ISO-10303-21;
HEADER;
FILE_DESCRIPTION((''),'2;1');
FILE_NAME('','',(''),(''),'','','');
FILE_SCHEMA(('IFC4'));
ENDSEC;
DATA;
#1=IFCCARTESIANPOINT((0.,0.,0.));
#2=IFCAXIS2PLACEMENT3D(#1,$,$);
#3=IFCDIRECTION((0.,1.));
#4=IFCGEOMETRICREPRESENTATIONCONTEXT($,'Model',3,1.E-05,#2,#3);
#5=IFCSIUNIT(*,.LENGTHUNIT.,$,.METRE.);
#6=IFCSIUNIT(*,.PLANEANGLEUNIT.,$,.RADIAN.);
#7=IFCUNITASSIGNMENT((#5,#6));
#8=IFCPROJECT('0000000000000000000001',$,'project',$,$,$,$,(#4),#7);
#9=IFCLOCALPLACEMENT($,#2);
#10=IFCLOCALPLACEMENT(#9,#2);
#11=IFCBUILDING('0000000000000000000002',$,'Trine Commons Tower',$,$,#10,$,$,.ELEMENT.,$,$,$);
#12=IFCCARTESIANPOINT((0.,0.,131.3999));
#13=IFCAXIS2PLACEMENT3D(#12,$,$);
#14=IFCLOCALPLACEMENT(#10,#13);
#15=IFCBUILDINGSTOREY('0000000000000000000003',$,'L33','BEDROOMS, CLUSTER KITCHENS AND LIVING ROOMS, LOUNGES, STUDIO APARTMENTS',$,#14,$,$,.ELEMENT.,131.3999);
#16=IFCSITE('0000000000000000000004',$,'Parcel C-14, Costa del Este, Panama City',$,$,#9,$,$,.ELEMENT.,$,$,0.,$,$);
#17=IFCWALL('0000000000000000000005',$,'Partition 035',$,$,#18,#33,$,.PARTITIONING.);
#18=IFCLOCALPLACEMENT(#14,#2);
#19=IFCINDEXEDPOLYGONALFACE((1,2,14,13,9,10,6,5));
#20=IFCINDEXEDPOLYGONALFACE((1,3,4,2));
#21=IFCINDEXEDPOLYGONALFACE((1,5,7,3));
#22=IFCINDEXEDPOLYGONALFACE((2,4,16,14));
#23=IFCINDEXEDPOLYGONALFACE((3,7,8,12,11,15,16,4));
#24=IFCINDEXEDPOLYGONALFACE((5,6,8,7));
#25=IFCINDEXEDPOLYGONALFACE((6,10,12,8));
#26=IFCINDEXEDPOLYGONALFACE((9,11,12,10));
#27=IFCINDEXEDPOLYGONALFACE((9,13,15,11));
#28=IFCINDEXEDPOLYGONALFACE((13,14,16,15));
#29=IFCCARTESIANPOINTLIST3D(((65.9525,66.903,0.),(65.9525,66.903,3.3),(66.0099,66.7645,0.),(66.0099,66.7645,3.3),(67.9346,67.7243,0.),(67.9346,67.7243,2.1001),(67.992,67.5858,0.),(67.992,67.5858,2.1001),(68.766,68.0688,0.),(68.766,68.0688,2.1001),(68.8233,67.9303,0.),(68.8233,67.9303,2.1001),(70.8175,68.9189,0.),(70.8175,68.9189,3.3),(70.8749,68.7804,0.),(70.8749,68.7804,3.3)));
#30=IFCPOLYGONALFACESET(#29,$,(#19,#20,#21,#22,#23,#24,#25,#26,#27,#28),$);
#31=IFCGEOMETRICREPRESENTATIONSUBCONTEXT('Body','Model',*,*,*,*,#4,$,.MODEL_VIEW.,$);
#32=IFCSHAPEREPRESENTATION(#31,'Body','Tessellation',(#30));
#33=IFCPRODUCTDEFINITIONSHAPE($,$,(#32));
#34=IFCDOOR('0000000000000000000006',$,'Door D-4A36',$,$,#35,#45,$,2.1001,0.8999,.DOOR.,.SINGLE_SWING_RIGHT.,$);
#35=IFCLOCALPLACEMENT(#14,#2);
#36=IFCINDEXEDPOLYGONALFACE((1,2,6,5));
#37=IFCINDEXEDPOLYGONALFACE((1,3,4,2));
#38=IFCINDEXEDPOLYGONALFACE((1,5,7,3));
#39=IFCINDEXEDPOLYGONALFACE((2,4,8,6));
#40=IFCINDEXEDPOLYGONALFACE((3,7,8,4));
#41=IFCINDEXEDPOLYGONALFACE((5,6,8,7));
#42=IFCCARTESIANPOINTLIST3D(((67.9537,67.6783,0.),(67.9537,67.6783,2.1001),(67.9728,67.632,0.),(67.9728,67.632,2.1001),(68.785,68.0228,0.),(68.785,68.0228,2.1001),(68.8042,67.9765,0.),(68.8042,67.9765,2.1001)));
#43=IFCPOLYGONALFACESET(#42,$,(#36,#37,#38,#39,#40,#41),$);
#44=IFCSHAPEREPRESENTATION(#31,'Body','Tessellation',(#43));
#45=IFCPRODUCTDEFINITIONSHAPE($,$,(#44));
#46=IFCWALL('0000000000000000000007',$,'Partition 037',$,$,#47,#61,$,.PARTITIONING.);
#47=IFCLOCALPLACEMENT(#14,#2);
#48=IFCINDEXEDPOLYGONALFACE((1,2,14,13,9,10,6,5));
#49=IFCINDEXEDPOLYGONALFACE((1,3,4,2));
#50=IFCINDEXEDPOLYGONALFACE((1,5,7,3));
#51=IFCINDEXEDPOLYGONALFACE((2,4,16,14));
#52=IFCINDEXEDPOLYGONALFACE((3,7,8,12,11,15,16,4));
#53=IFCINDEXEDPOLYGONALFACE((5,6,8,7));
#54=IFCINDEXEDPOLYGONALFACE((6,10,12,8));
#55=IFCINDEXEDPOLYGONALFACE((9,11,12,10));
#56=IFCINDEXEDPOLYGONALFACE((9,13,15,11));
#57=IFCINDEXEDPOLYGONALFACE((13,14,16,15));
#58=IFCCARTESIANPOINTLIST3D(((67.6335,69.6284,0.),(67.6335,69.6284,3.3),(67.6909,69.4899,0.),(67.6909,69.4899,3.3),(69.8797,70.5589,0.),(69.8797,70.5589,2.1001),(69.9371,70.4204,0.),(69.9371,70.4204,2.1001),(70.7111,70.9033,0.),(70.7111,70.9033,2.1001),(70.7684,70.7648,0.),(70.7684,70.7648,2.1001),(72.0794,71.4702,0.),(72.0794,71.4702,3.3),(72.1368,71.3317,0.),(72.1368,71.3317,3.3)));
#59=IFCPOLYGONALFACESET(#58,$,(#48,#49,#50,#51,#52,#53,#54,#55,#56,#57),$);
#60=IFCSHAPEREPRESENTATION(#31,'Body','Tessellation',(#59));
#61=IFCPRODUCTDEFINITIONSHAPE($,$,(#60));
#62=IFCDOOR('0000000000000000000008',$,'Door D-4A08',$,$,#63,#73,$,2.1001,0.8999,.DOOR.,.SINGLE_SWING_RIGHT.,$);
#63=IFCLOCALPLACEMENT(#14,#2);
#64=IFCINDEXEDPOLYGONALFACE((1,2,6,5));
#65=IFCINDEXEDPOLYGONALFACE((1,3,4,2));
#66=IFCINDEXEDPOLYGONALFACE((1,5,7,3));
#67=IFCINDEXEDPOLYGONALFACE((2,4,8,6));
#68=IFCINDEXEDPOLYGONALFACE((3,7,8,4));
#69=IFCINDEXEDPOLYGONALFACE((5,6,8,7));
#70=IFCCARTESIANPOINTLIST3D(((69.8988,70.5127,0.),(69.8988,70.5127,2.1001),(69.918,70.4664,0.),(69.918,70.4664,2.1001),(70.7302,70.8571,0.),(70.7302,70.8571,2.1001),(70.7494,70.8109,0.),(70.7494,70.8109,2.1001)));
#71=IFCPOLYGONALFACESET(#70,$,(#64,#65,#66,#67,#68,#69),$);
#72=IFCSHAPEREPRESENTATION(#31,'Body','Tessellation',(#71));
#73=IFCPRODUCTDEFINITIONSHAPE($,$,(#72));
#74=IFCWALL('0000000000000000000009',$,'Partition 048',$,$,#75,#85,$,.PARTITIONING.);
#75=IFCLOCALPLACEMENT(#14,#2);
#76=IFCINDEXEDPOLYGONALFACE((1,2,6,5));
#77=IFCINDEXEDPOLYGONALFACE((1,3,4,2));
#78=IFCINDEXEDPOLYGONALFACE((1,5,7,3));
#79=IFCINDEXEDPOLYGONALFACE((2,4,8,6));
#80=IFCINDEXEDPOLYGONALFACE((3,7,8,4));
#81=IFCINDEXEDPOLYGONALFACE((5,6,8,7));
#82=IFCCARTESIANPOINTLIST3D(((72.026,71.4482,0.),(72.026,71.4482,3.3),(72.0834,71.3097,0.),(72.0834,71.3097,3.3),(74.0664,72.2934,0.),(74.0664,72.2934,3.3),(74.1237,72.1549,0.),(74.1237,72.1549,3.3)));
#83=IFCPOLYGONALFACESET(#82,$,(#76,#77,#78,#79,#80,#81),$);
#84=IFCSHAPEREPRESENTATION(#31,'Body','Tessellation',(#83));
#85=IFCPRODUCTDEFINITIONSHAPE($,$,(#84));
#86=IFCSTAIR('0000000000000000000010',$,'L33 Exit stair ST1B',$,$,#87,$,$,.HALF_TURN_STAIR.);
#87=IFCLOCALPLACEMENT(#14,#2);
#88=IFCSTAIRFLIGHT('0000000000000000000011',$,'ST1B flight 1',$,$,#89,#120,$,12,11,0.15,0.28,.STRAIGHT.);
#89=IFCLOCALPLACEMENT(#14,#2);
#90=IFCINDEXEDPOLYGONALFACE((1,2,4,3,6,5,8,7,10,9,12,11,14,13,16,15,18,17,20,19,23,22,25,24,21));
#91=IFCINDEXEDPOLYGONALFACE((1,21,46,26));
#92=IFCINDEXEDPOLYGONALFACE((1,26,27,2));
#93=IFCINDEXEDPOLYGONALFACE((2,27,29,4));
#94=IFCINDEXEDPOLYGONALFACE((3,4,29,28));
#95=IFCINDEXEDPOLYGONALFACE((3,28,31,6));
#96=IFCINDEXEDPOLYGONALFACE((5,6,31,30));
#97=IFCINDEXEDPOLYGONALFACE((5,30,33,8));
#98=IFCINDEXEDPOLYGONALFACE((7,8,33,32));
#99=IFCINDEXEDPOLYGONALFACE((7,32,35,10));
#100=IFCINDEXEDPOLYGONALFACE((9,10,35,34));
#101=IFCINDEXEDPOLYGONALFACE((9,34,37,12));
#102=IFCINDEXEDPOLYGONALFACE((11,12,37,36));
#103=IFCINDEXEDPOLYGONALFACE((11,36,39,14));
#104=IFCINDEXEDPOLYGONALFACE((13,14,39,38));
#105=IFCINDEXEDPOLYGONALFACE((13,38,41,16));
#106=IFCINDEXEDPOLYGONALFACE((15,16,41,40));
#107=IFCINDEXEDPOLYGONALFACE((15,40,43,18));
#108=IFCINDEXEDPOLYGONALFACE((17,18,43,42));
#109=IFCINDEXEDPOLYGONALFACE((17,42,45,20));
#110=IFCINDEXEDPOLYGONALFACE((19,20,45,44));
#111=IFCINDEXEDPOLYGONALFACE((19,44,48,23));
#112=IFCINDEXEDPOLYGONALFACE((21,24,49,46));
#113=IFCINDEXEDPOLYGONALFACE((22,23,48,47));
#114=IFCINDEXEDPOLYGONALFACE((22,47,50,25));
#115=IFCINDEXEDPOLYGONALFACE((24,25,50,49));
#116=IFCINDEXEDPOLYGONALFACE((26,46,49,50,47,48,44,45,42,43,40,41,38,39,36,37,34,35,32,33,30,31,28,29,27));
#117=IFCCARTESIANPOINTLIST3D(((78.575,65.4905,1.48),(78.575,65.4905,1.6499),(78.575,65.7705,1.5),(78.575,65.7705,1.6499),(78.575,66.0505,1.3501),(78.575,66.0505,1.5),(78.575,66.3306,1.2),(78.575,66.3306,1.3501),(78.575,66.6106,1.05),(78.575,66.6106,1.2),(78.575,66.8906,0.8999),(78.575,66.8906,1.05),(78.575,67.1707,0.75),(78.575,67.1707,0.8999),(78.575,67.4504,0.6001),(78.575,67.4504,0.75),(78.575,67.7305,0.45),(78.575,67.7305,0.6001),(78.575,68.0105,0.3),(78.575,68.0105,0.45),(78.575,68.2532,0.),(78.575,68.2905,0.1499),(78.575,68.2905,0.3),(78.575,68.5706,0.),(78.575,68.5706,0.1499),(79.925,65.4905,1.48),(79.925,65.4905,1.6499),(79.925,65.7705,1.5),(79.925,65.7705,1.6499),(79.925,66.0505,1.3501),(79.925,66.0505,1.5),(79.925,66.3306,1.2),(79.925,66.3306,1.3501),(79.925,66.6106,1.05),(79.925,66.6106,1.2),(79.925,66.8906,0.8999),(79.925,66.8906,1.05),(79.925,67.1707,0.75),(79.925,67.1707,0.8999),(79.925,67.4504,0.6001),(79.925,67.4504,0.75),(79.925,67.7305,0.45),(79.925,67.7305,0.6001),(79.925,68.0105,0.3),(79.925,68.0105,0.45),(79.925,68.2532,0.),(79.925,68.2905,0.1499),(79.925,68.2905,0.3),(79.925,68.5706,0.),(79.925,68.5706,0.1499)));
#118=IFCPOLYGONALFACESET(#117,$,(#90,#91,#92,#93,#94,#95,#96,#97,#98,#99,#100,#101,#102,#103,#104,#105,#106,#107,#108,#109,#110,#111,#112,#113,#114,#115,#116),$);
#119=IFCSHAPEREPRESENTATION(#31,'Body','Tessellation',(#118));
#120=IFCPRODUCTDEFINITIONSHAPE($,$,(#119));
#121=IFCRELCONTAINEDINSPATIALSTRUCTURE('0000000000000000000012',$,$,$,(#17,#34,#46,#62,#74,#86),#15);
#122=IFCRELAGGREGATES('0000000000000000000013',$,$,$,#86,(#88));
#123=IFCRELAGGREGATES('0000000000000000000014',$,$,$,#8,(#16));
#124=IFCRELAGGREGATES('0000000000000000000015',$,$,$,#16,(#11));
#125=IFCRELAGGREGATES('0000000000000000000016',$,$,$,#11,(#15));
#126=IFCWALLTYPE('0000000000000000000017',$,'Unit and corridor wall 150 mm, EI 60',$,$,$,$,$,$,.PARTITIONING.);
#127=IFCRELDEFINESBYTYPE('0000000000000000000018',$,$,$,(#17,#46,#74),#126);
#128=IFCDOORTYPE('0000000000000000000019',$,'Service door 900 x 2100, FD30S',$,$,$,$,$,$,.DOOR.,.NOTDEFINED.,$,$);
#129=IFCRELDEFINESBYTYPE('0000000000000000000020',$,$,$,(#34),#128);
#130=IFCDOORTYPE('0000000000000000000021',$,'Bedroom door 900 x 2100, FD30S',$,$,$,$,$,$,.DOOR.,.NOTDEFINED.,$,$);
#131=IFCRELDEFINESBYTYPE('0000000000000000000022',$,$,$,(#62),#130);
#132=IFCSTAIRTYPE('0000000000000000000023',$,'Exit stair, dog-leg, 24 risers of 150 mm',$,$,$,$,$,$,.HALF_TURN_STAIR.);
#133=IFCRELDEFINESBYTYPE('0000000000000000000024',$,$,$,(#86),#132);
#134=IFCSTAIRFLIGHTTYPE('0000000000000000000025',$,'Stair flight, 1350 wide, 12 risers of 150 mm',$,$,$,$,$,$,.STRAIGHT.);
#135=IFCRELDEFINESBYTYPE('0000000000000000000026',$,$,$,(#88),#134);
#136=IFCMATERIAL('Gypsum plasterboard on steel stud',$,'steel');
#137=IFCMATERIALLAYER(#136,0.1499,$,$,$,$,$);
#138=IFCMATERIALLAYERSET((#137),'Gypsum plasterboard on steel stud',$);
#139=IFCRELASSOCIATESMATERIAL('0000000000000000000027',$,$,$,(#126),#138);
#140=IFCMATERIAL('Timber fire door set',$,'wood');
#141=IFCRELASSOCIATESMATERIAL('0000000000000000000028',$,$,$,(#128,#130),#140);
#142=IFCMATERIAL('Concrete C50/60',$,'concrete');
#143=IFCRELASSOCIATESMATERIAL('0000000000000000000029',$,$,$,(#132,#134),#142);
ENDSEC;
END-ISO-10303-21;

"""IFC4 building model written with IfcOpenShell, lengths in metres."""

from ifc_helpers import new_model, si_unit, direction, frame, frame_2d, origin, place, context, subcontext, project, spatial, polyline, rectangle, outline, extrude, material, layer, layer_set, type_object, element, fill, aggregate, save


model = new_model("IFC4")

# Units and contexts
model_context = context("Model", 3, precision=1e-05, world=origin(), true_north=direction((0.0, 1.0)))
body_context = subcontext(model_context, "Body", "Model", "MODEL_VIEW")
ifc_project = project(units=[si_unit("LENGTHUNIT", "METRE"), si_unit("PLANEANGLEUNIT", "RADIAN")], contexts=[model_context])

# Site, building, storey
site_placement = place(None, origin())
site = spatial("IfcSite", under=ifc_project, at=site_placement, Name="Parcel C-14, Costa del Este, Panama City", CompositionType="ELEMENT", RefElevation=0.0)
building_placement = place(site_placement, origin())
building = spatial("IfcBuilding", under=site, at=building_placement, Name="Trine Commons Tower", CompositionType="ELEMENT")
storey_placement = place(building_placement, frame((0.0, 0.0, 131.3999)))
storey = spatial("IfcBuildingStorey", under=building, at=storey_placement, Name="L33", Description="BEDROOMS, CLUSTER KITCHENS AND LIVING ROOMS, LOUNGES, STUDIO APARTMENTS", CompositionType="ELEMENT", Elevation=131.3999)

# Shared definitions
ifc_material_1 = material(Name="Gypsum plasterboard on steel stud", Category="steel")
ifc_layer_1 = layer(ifc_material_1, 0.1499)
ifc_layer_set_1 = layer_set([ifc_layer_1], Name="Gypsum plasterboard on steel stud")
wall_type_1 = type_object("IfcWallType", Name="Unit and corridor wall 150 mm, EI 60", PredefinedType="PARTITIONING", material=ifc_layer_set_1)

# Walls, openings, doors
wall_1_placement = place(storey_placement, frame((65.9812, 66.8337, 0.0), z_axis=(0.0, 0.0, 1.0), x_axis=(0.923831, 0.382801, 0.0)))
wall_1 = element("IfcWall", 1, at=wall_1_placement, inside=storey, type_object=wall_type_1, Name="Partition 035", PredefinedType="PARTITIONING", context=body_context, shape_type="SweptSolid", body=[
    extrude(rectangle(XDim=5.2661, YDim=0.1499, at=frame_2d((2.6331, 0.0))), origin(), (0.0, 0.0, 1.0), 3.3),
])
opening_1_placement = place(wall_1_placement, frame((2.1455, 0.0, 0.0)))
opening_1 = element("IfcOpeningElement", 2, at=opening_1_placement, cuts=wall_1, PredefinedType="OPENING", context=body_context, shape_type="SweptSolid", body=[
    extrude(rectangle(XDim=0.8999, YDim=2.1001, at=frame_2d((0.45, 1.05))), frame((0.0, 0.085, 0.0), z_axis=(0.0, -1.0, 0.0), x_axis=(1.0, 0.0, 0.0)), (0.0, 0.0, 1.0), 0.1699),
])
ifc_material_2 = material(Name="Timber fire door set", Category="wood")
door_type_1 = type_object("IfcDoorType", Name="Service door 900 x 2100, FD30S", OperationType="NOTDEFINED", PredefinedType="DOOR", material=ifc_material_2)
door_1_placement = place(opening_1_placement, frame((0.8999, 0.0, 0.0), z_axis=(0.0, 0.0, 1.0), x_axis=(-1.0, 0.0, 0.0)))
door_1 = element("IfcDoor", 3, at=door_1_placement, inside=storey, type_object=door_type_1, Name="Door D-4A36", OperationType="SINGLE_SWING_RIGHT", OverallHeight=2.1001, OverallWidth=0.8999, PredefinedType="DOOR", context=body_context, shape_type="SweptSolid", body=[
    extrude(rectangle(XDim=0.8999, YDim=2.1001, at=frame_2d((0.45, 1.05))), frame((0.0, 0.0249, 0.0), z_axis=(0.0, -1.0, 0.0), x_axis=(1.0, 0.0, 0.0)), (0.0, 0.0, 1.0), 0.05),
])
fill(opening_1, door_1)
wall_2_placement = place(storey_placement, frame((67.6621, 69.5591, 0.0), z_axis=(0.0, 0.0, 1.0), x_axis=(0.923859, 0.382734, 0.0)))
wall_2 = element("IfcWall", 4, at=wall_2_placement, inside=storey, type_object=wall_type_1, Name="Partition 037", PredefinedType="PARTITIONING", context=body_context, shape_type="SweptSolid", body=[
    extrude(rectangle(XDim=4.8123, YDim=0.1499, at=frame_2d((2.4062, 0.0))), origin(), (0.0, 0.0, 1.0), 3.3),
])
opening_2_placement = place(wall_2_placement, frame((2.4314, 0.0, 0.0)))
opening_2 = element("IfcOpeningElement", 5, at=opening_2_placement, cuts=wall_2, PredefinedType="OPENING", context=body_context, shape_type="SweptSolid", body=[
    extrude(rectangle(XDim=0.8999, YDim=2.1001, at=frame_2d((0.45, 1.05))), frame((0.0, 0.085, 0.0), z_axis=(0.0, -1.0, 0.0), x_axis=(1.0, 0.0, 0.0)), (0.0, 0.0, 1.0), 0.1699),
])
door_type_2 = type_object("IfcDoorType", Name="Bedroom door 900 x 2100, FD30S", OperationType="NOTDEFINED", PredefinedType="DOOR", material=ifc_material_2)
door_2_placement = place(opening_2_placement, origin())
door_2 = element("IfcDoor", 6, at=door_2_placement, inside=storey, type_object=door_type_2, Name="Door D-4A08", OperationType="SINGLE_SWING_RIGHT", OverallHeight=2.1001, OverallWidth=0.8999, PredefinedType="DOOR", context=body_context, shape_type="SweptSolid", body=[
    extrude(rectangle(XDim=0.8999, YDim=2.1001, at=frame_2d((0.45, 1.05))), frame((0.0, 0.0249, 0.0), z_axis=(0.0, -1.0, 0.0), x_axis=(1.0, 0.0, 0.0)), (0.0, 0.0, 1.0), 0.05),
])
fill(opening_2, door_2)

# Wall
wall_3_placement = place(storey_placement, frame((72.0547, 71.3789, 0.0), z_axis=(0.0, 0.0, 1.0), x_axis=(0.923863, 0.382723, 0.0)))
element("IfcWall", 7, at=wall_3_placement, inside=storey, type_object=wall_type_1, Name="Partition 048", PredefinedType="PARTITIONING", context=body_context, shape_type="SweptSolid", body=[
    extrude(rectangle(XDim=2.2085, YDim=0.1499, at=frame_2d((1.1042, 0.0))), origin(), (0.0, 0.0, 1.0), 3.3),
])

# Stair, stair flight
ifc_material_3 = material(Name="Concrete C50/60", Category="concrete")
stair_type = type_object("IfcStairType", Name="Exit stair, dog-leg, 24 risers of 150 mm", PredefinedType="HALF_TURN_STAIR", material=ifc_material_3)
stair_placement = place(storey_placement, origin())
stair = element("IfcStair", 8, at=stair_placement, inside=storey, type_object=stair_type, Name="L33 Exit stair ST1B", PredefinedType="HALF_TURN_STAIR")
stair_flight_type = type_object("IfcStairFlightType", Name="Stair flight, 1350 wide, 12 risers of 150 mm", PredefinedType="STRAIGHT", material=ifc_material_3)
stair_flight_placement = place(storey_placement, frame((79.25, 68.5706, 0.0), z_axis=(0.0, 0.0, 1.0), x_axis=(0.0, -1.0, 0.0)))
stair_flight = element("IfcStairFlight", 9, at=stair_flight_placement, type_object=stair_flight_type, Name="ST1B flight 1", NumberOfRisers=12, NumberOfTreads=11, PredefinedType="STRAIGHT", RiserHeight=0.15, TreadLength=0.28, context=body_context, shape_type="SweptSolid", body=[
    extrude(outline(polyline([(0.0, 0.0), (0.0, 0.1499), (0.28, 0.1499), (0.28, 0.3), (0.5601, 0.3), (0.5601, 0.45), (0.8401, 0.45), (0.8401, 0.6001), (1.1201, 0.6001), (1.1201, 0.75), (1.3999, 0.75), (1.3999, 0.8999), (1.6799, 0.8999), (1.6799, 1.05), (1.96, 1.05), (1.96, 1.2), (2.24, 1.2), (2.24, 1.3501), (2.52, 1.3501), (2.52, 1.5), (2.8, 1.5), (2.8, 1.6499), (3.0801, 1.6499), (3.0801, 1.8), (3.0801, 1.48), (0.3174, 0.0), (0.0, 0.0)])), frame((0.0, 0.675, 0.0), z_axis=(0.0, -1.0, 0.0), x_axis=(1.0, 0.0, 0.0)), (0.0, 0.0, 1.0), 1.3501),
])
aggregate(stair, [stair_flight])

save(model, "model.ifc")
